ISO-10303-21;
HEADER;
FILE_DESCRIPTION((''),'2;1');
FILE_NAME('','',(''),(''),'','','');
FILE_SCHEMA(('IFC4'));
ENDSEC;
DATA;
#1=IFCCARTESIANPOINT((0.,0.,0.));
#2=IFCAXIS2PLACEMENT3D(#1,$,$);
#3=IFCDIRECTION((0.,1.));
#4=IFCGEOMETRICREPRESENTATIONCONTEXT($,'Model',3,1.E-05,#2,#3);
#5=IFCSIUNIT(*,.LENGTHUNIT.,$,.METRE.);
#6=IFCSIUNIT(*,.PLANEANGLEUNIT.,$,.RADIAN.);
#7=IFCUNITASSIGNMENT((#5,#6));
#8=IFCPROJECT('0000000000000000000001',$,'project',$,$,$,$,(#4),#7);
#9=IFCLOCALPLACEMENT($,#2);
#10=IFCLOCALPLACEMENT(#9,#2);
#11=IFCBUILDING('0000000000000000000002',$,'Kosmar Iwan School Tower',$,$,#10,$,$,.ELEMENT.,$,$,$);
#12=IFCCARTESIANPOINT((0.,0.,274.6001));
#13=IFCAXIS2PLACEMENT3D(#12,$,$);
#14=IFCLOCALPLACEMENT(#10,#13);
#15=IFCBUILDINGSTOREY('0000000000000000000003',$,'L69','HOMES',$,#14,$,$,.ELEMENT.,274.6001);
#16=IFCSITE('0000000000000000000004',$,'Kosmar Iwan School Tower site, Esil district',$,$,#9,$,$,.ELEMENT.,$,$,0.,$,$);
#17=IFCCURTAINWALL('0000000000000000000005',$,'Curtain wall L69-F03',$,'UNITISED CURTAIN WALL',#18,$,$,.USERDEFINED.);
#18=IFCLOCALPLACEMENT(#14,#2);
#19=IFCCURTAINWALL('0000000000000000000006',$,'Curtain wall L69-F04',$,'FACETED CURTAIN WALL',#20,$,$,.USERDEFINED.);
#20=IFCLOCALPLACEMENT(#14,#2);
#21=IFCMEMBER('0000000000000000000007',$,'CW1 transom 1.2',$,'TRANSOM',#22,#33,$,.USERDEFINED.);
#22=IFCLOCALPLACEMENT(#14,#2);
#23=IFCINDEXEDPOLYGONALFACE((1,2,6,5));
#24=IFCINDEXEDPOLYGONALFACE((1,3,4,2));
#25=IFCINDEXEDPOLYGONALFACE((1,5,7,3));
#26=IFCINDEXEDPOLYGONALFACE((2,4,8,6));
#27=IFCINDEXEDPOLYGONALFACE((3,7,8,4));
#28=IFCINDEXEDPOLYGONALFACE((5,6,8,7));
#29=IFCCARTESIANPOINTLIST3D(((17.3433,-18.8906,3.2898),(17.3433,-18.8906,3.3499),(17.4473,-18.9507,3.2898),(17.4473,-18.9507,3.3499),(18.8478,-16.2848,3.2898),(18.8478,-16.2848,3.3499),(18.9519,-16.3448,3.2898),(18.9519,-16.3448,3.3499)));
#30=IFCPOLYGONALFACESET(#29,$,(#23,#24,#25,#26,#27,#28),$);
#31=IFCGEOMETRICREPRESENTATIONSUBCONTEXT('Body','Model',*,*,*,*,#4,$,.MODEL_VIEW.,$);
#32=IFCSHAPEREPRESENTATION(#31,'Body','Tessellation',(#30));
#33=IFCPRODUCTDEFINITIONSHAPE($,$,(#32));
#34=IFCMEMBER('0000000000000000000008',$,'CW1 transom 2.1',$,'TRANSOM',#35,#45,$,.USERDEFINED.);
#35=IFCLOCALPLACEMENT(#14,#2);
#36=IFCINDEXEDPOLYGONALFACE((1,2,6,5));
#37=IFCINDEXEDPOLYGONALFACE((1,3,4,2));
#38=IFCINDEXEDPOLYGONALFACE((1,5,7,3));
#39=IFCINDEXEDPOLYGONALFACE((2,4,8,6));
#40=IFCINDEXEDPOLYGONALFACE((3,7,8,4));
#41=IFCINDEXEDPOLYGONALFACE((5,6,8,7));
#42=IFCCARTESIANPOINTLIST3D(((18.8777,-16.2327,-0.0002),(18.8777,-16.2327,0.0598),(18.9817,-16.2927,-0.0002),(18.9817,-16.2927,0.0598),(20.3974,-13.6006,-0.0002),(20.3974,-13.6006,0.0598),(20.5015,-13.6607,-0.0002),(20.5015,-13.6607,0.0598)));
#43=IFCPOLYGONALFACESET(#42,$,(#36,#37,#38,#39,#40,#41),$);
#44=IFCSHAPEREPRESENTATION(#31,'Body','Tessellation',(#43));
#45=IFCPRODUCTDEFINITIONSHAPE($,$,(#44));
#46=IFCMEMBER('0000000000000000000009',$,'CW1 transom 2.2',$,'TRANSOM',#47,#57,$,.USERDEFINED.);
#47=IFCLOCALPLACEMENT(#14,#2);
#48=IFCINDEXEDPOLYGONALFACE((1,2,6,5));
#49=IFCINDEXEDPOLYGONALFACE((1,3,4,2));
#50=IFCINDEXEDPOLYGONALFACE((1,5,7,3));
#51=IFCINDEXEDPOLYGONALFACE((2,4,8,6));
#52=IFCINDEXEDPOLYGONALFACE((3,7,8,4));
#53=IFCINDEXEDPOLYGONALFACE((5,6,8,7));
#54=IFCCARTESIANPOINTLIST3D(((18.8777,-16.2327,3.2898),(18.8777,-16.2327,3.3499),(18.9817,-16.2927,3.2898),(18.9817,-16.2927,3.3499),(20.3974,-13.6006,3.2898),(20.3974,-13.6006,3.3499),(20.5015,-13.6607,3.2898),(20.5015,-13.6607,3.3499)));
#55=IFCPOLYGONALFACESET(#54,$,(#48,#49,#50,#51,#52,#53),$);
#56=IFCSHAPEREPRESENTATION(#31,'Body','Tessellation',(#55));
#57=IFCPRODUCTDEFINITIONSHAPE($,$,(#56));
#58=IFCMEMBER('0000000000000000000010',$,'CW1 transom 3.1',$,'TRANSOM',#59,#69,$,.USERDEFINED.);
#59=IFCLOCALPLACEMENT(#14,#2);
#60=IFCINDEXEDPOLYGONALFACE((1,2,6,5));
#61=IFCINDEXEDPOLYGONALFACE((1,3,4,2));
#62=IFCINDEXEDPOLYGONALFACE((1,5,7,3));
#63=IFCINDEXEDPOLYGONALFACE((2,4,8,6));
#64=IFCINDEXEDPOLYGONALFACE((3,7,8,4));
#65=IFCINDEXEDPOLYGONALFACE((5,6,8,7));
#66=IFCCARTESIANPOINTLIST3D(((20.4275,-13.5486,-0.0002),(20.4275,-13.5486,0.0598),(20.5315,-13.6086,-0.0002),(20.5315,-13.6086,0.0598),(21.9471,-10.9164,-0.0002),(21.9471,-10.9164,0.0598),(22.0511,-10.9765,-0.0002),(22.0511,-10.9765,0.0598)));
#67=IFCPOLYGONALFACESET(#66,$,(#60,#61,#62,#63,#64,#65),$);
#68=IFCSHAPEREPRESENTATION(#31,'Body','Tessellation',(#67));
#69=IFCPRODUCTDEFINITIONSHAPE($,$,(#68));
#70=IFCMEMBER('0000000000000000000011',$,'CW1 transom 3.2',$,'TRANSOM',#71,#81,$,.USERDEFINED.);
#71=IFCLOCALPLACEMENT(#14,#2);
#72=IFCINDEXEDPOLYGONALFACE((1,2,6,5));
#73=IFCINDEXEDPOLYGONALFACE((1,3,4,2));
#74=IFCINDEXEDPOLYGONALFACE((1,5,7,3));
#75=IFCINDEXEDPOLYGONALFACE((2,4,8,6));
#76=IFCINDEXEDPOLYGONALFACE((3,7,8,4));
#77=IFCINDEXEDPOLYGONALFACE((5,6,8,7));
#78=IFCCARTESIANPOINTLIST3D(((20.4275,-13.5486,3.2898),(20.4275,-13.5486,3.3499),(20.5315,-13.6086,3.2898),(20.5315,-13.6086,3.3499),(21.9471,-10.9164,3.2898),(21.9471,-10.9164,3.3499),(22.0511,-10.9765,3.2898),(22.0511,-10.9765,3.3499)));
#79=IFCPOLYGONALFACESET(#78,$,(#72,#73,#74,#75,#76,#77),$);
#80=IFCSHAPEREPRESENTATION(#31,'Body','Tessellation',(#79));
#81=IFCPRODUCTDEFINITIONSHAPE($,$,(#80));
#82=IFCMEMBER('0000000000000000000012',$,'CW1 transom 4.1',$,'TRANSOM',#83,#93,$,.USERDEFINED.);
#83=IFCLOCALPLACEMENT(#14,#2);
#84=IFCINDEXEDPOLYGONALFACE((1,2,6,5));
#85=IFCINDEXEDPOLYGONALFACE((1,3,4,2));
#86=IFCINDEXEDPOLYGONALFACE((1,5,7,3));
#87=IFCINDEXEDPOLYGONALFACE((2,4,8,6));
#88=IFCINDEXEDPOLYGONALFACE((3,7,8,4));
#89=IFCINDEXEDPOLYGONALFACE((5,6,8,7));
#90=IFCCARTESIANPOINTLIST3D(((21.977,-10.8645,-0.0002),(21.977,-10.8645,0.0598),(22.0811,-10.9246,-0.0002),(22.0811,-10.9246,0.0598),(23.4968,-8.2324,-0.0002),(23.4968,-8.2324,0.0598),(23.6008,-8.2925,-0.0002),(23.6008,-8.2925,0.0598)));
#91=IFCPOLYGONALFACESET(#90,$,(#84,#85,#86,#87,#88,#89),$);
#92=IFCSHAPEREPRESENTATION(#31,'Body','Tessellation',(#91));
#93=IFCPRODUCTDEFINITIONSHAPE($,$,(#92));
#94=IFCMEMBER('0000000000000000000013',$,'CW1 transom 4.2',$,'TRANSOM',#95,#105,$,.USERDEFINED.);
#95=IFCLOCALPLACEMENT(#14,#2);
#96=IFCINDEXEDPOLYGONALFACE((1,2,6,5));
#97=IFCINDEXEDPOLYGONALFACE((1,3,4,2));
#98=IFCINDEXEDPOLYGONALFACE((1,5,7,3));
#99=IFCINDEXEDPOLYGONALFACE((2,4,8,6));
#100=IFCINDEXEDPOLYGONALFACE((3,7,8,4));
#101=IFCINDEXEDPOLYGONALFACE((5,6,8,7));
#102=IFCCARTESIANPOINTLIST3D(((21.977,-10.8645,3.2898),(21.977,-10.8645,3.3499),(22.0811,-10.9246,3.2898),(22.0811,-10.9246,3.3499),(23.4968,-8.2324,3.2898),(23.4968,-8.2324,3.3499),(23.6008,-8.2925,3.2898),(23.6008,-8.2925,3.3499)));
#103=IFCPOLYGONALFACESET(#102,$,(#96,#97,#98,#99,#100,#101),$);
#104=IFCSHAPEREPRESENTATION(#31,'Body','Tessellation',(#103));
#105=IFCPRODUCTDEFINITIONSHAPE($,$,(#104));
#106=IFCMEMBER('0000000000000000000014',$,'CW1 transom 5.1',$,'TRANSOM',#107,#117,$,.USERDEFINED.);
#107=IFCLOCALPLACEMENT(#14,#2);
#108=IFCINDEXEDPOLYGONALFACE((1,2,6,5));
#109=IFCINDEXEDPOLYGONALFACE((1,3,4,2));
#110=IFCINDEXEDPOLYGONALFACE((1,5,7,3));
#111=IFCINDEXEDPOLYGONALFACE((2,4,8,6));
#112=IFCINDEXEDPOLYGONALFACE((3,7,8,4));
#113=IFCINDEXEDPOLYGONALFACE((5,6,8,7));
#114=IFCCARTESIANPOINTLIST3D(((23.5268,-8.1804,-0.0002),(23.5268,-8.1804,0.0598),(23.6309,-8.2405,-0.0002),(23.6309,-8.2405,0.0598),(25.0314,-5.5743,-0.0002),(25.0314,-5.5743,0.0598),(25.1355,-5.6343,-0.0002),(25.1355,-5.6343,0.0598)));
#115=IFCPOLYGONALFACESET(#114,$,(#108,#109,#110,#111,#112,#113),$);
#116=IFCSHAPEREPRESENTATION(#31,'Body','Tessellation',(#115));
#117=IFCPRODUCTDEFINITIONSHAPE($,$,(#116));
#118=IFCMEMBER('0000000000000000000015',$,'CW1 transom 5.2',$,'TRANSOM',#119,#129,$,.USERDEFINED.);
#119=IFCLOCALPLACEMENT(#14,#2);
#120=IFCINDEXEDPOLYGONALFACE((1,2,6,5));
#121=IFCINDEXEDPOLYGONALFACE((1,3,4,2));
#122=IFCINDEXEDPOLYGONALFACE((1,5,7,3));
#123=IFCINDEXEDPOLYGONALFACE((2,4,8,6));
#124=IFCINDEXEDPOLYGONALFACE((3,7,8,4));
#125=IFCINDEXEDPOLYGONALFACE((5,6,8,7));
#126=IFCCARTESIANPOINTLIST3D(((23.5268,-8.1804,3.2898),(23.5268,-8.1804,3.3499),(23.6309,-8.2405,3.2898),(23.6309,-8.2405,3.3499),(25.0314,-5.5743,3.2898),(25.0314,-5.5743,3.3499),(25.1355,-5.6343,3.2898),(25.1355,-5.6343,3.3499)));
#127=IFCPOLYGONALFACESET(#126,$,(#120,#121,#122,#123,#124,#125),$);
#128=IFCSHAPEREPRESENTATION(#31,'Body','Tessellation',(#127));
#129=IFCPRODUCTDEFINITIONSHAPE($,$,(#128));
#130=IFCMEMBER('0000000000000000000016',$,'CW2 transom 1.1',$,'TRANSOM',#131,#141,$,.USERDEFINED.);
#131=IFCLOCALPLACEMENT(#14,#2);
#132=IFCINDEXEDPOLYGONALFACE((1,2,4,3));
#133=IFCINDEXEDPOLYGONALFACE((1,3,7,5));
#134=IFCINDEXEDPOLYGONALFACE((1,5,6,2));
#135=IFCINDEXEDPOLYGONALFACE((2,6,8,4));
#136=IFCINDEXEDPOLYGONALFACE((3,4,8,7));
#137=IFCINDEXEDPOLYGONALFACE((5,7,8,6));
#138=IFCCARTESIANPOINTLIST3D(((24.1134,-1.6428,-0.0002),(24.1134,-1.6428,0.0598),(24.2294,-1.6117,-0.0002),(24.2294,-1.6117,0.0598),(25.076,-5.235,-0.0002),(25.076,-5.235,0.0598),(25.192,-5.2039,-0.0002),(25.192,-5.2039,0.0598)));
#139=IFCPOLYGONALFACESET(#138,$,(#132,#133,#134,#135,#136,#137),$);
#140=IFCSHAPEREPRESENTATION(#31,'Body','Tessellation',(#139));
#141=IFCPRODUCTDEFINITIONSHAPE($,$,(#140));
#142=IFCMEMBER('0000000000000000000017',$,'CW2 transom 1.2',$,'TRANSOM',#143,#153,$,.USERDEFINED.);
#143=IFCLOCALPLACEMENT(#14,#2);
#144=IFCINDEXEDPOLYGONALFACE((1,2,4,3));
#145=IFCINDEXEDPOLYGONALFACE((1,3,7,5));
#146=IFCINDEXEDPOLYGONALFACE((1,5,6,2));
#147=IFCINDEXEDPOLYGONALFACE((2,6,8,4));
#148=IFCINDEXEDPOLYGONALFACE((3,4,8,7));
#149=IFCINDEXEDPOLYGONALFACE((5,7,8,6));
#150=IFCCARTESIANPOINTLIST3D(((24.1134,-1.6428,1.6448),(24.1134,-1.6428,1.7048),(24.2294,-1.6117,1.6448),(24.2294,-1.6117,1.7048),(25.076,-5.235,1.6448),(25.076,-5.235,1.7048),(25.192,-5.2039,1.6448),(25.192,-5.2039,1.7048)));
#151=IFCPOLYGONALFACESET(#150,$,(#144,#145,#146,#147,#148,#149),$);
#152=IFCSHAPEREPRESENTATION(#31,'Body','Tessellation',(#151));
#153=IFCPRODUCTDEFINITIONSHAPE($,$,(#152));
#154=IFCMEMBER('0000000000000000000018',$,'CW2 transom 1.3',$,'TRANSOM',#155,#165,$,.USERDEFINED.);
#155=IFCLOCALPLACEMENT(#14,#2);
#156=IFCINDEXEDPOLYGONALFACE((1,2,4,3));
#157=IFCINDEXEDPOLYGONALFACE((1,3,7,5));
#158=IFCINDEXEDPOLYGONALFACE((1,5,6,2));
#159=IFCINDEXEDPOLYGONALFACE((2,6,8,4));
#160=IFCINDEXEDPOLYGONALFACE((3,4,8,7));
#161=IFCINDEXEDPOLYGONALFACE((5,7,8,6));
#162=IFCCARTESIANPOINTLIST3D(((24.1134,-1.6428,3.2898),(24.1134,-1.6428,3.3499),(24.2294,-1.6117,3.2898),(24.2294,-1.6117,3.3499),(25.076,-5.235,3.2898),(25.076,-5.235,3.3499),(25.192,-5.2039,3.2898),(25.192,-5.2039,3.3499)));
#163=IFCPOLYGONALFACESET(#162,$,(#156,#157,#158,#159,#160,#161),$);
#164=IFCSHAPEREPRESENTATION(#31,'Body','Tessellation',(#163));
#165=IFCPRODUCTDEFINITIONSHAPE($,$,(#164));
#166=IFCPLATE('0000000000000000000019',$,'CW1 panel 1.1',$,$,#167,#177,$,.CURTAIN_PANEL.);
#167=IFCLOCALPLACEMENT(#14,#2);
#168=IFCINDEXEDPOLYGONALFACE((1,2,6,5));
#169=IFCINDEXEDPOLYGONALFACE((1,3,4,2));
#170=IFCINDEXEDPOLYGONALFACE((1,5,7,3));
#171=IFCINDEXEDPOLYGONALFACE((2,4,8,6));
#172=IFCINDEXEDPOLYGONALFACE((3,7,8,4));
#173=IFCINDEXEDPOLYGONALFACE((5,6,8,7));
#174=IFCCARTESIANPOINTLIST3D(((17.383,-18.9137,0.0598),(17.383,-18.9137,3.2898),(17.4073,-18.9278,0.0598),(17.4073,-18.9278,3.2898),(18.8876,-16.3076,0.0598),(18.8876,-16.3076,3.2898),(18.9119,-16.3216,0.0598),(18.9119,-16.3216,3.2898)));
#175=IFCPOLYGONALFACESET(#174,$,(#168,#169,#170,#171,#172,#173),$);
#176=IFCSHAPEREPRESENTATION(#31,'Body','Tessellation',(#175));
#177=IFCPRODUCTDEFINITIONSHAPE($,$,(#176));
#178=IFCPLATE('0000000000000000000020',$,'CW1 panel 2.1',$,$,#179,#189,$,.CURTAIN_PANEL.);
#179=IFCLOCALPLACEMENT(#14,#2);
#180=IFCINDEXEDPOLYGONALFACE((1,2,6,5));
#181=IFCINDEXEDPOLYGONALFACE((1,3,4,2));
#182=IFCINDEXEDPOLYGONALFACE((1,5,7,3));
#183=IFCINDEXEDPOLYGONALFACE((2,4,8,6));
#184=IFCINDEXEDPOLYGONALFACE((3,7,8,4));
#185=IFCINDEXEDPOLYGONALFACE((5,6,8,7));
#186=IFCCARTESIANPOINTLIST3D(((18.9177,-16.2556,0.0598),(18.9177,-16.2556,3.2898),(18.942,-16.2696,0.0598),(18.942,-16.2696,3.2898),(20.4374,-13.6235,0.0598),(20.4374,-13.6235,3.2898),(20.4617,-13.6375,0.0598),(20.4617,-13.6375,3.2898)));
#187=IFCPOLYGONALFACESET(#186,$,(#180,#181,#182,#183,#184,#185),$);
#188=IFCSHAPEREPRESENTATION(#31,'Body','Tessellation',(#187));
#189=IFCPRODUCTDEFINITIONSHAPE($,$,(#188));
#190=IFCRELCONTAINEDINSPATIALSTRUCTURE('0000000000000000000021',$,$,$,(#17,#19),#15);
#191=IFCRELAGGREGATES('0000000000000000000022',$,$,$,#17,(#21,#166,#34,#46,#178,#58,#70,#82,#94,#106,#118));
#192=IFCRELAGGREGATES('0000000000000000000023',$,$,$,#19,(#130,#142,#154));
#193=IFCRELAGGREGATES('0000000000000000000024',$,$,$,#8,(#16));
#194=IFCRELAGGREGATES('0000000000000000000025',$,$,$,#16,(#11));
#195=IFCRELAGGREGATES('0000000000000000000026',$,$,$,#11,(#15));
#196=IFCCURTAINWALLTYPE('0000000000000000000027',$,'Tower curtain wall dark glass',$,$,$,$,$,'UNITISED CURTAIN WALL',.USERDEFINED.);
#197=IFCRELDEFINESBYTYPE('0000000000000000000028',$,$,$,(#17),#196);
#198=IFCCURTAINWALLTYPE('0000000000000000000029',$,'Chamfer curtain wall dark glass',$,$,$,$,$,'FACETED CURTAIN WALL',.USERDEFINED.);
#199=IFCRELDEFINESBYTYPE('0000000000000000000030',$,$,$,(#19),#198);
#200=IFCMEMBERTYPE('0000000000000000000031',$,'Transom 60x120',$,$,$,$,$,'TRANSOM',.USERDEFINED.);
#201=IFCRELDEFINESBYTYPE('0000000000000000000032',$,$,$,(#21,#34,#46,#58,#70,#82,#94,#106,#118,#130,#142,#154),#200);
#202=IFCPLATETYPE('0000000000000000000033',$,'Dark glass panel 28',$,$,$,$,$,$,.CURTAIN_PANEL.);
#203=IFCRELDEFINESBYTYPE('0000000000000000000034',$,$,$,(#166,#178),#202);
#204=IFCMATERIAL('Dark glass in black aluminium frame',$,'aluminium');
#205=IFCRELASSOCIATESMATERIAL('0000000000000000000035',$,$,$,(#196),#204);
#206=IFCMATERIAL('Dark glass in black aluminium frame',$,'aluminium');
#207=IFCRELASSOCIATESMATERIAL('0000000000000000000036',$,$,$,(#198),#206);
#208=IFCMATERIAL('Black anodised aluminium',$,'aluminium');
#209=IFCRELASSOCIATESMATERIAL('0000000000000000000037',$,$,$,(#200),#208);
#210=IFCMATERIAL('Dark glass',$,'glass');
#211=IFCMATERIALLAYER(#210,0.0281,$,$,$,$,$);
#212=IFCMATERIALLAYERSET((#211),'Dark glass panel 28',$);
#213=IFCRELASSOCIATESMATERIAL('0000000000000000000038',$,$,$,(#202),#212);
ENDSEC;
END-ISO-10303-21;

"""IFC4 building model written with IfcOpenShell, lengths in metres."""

from ifc_helpers import new_model, si_unit, direction, frame, origin, origin_2d, place, context, subcontext, project, spatial, rectangle, extrude, material, layer, layer_set, material_profile, profile_set, type_object, element, aggregate, save


model = new_model("IFC4")

# Units and contexts
model_context = context("Model", 3, precision=1e-05, world=origin(), true_north=direction((0.0, 1.0)))
body_context = subcontext(model_context, "Body", "Model", "MODEL_VIEW")
ifc_project = project(units=[si_unit("LENGTHUNIT", "METRE"), si_unit("PLANEANGLEUNIT", "RADIAN")], contexts=[model_context])

# Site, building, storey
site_placement = place(None, origin())
site = spatial("IfcSite", under=ifc_project, at=site_placement, Name="Kosmar Iwan School Tower site, Esil district", CompositionType="ELEMENT", RefElevation=0.0)
building_placement = place(site_placement, origin())
building = spatial("IfcBuilding", under=site, at=building_placement, Name="Kosmar Iwan School Tower", CompositionType="ELEMENT")
storey_placement = place(building_placement, frame((0.0, 0.0, 274.6001)))
storey = spatial("IfcBuildingStorey", under=building, at=storey_placement, Name="L69", Description="HOMES", CompositionType="ELEMENT", Elevation=274.6001)

# Curtain wall
ifc_material_1 = material(Name="Dark glass in black aluminium frame", Category="aluminium")
curtain_wall_type_1 = type_object("IfcCurtainWallType", Name="Tower curtain wall dark glass", ElementType="UNITISED CURTAIN WALL", PredefinedType="USERDEFINED", material=ifc_material_1)
curtain_wall_1_placement = place(storey_placement, origin())
curtain_wall_1 = element("IfcCurtainWall", 1, at=curtain_wall_1_placement, inside=storey, type_object=curtain_wall_type_1, Name="Curtain wall L69-F03", ObjectType="UNITISED CURTAIN WALL", PredefinedType="USERDEFINED")

# Curtain wall
ifc_material_2 = material(Name="Dark glass in black aluminium frame", Category="aluminium")
curtain_wall_type_2 = type_object("IfcCurtainWallType", Name="Chamfer curtain wall dark glass", ElementType="FACETED CURTAIN WALL", PredefinedType="USERDEFINED", material=ifc_material_2)
curtain_wall_2_placement = place(storey_placement, origin())
curtain_wall_2 = element("IfcCurtainWall", 2, at=curtain_wall_2_placement, inside=storey, type_object=curtain_wall_type_2, Name="Curtain wall L69-F04", ObjectType="FACETED CURTAIN WALL", PredefinedType="USERDEFINED")

# Members
ifc_material_3 = material(Name="Black anodised aluminium", Category="aluminium")
ifc_material_profile_1 = material_profile(ifc_material_3, rectangle(XDim=0.1201, YDim=0.0601, at=origin_2d()), Name="TRANSOM 60x120")
ifc_profile_set_1 = profile_set([ifc_material_profile_1], Name="Black anodised aluminium")
member_type_1 = type_object("IfcMemberType", Name="Transom 60x120", ElementType="TRANSOM", PredefinedType="USERDEFINED", material=ifc_profile_set_1)
member_1_placement = place(storey_placement, frame((17.3953, -18.9207, 3.3198), z_axis=(0.500022, 0.866013, 0.0), x_axis=(-0.866013, 0.500022, 0.0)))
member_1 = element("IfcMember", 3, at=member_1_placement, type_object=member_type_1, Name="CW1 transom 1.2", ObjectType="TRANSOM", PredefinedType="USERDEFINED", context=body_context, shape_type="SweptSolid", body=[
    extrude(rectangle(XDim=0.1201, YDim=0.0601, at=origin_2d()), origin(), (0.0, 0.0, 1.0), 3.009),
])
member_2_placement = place(storey_placement, frame((18.9297, -16.2627, 0.0298), z_axis=(0.500035, 0.866005, 0.0), x_axis=(-0.866005, 0.500035, 0.0)))
member_2 = element("IfcMember", 4, at=member_2_placement, type_object=member_type_1, Name="CW1 transom 2.1", ObjectType="TRANSOM", PredefinedType="USERDEFINED", context=body_context, shape_type="SweptSolid", body=[
    extrude(rectangle(XDim=0.1201, YDim=0.0601, at=origin_2d()), origin(), (0.0, 0.0, 1.0), 3.0393),
])
member_3_placement = place(storey_placement, frame((18.9297, -16.2627, 3.3198), z_axis=(0.500035, 0.866005, 0.0), x_axis=(-0.866005, 0.500035, 0.0)))
member_3 = element("IfcMember", 5, at=member_3_placement, type_object=member_type_1, Name="CW1 transom 2.2", ObjectType="TRANSOM", PredefinedType="USERDEFINED", context=body_context, shape_type="SweptSolid", body=[
    extrude(rectangle(XDim=0.1201, YDim=0.0601, at=origin_2d()), origin(), (0.0, 0.0, 1.0), 3.0393),
])
member_4_placement = place(storey_placement, frame((20.4795, -13.5786, 0.0298), z_axis=(0.499975, 0.86604, 0.0), x_axis=(-0.86604, 0.499975, 0.0)))
member_4 = element("IfcMember", 6, at=member_4_placement, type_object=member_type_1, Name="CW1 transom 3.1", ObjectType="TRANSOM", PredefinedType="USERDEFINED", context=body_context, shape_type="SweptSolid", body=[
    extrude(rectangle(XDim=0.1201, YDim=0.0601, at=origin_2d()), origin(), (0.0, 0.0, 1.0), 3.0393),
])
member_5_placement = place(storey_placement, frame((20.4795, -13.5786, 3.3198), z_axis=(0.499975, 0.86604, 0.0), x_axis=(-0.86604, 0.499975, 0.0)))
member_5 = element("IfcMember", 7, at=member_5_placement, type_object=member_type_1, Name="CW1 transom 3.2", ObjectType="TRANSOM", PredefinedType="USERDEFINED", context=body_context, shape_type="SweptSolid", body=[
    extrude(rectangle(XDim=0.1201, YDim=0.0601, at=origin_2d()), origin(), (0.0, 0.0, 1.0), 3.0393),
])
member_6_placement = place(storey_placement, frame((22.0291, -10.8945, 0.0298), z_axis=(0.500035, 0.866005, 0.0), x_axis=(-0.866005, 0.500035, 0.0)))
member_6 = element("IfcMember", 8, at=member_6_placement, type_object=member_type_1, Name="CW1 transom 4.1", ObjectType="TRANSOM", PredefinedType="USERDEFINED", context=body_context, shape_type="SweptSolid", body=[
    extrude(rectangle(XDim=0.1201, YDim=0.0601, at=origin_2d()), origin(), (0.0, 0.0, 1.0), 3.0393),
])
member_7_placement = place(storey_placement, frame((22.0291, -10.8945, 3.3198), z_axis=(0.500035, 0.866005, 0.0), x_axis=(-0.866005, 0.500035, 0.0)))
member_7 = element("IfcMember", 9, at=member_7_placement, type_object=member_type_1, Name="CW1 transom 4.2", ObjectType="TRANSOM", PredefinedType="USERDEFINED", context=body_context, shape_type="SweptSolid", body=[
    extrude(rectangle(XDim=0.1201, YDim=0.0601, at=origin_2d()), origin(), (0.0, 0.0, 1.0), 3.0393),
])
member_8_placement = place(storey_placement, frame((23.5789, -8.2104, 0.0298), z_axis=(0.499987, 0.866033, 0.0), x_axis=(-0.866033, 0.499987, 0.0)))
member_8 = element("IfcMember", 10, at=member_8_placement, type_object=member_type_1, Name="CW1 transom 5.1", ObjectType="TRANSOM", PredefinedType="USERDEFINED", context=body_context, shape_type="SweptSolid", body=[
    extrude(rectangle(XDim=0.1201, YDim=0.0601, at=origin_2d()), origin(), (0.0, 0.0, 1.0), 3.0093),
])
member_9_placement = place(storey_placement, frame((23.5789, -8.2104, 3.3198), z_axis=(0.499987, 0.866033, 0.0), x_axis=(-0.866033, 0.499987, 0.0)))
member_9 = element("IfcMember", 11, at=member_9_placement, type_object=member_type_1, Name="CW1 transom 5.2", ObjectType="TRANSOM", PredefinedType="USERDEFINED", context=body_context, shape_type="SweptSolid", body=[
    extrude(rectangle(XDim=0.1201, YDim=0.0601, at=origin_2d()), origin(), (0.0, 0.0, 1.0), 3.0093),
])
member_10_placement = place(storey_placement, frame((25.134, -5.2195, 0.0298), z_axis=(-0.258843, 0.965919, 0.0), x_axis=(-0.965919, -0.258843, 0.0)))
member_10 = element("IfcMember", 12, at=member_10_placement, type_object=member_type_1, Name="CW2 transom 1.1", ObjectType="TRANSOM", PredefinedType="USERDEFINED", context=body_context, shape_type="SweptSolid", body=[
    extrude(rectangle(XDim=0.1201, YDim=0.0601, at=origin_2d()), origin(), (0.0, 0.0, 1.0), 3.719),
])
member_11_placement = place(storey_placement, frame((25.134, -5.2195, 1.6748), z_axis=(-0.258843, 0.965919, 0.0), x_axis=(-0.965919, -0.258843, 0.0)))
member_11 = element("IfcMember", 13, at=member_11_placement, type_object=member_type_1, Name="CW2 transom 1.2", ObjectType="TRANSOM", PredefinedType="USERDEFINED", context=body_context, shape_type="SweptSolid", body=[
    extrude(rectangle(XDim=0.1201, YDim=0.0601, at=origin_2d()), origin(), (0.0, 0.0, 1.0), 3.719),
])
member_12_placement = place(storey_placement, frame((25.134, -5.2195, 3.3198), z_axis=(-0.258843, 0.965919, 0.0), x_axis=(-0.965919, -0.258843, 0.0)))
member_12 = element("IfcMember", 14, at=member_12_placement, type_object=member_type_1, Name="CW2 transom 1.3", ObjectType="TRANSOM", PredefinedType="USERDEFINED", context=body_context, shape_type="SweptSolid", body=[
    extrude(rectangle(XDim=0.1201, YDim=0.0601, at=origin_2d()), origin(), (0.0, 0.0, 1.0), 3.719),
])

# Plates
ifc_material_4 = material(Name="Dark glass", Category="glass")
ifc_layer_1 = layer(ifc_material_4, 0.0281)
ifc_layer_set_1 = layer_set([ifc_layer_1], Name="Dark glass panel 28")
plate_type = type_object("IfcPlateType", Name="Dark glass panel 28", PredefinedType="CURTAIN_PANEL", material=ifc_layer_set_1)
plate_1_placement = place(storey_placement, frame((18.1475, -17.6177, 0.0598), z_axis=(0.0, 0.0, 1.0), x_axis=(0.5, 0.866025, 0.0)))
plate_1 = element("IfcPlate", 15, at=plate_1_placement, type_object=plate_type, Name="CW1 panel 1.1", PredefinedType="CURTAIN_PANEL", context=body_context, shape_type="SweptSolid", body=[
    extrude(rectangle(XDim=3.0093, YDim=0.0281, at=origin_2d()), origin(), (0.0, 0.0, 1.0), 3.23),
])
plate_2_placement = place(storey_placement, frame((19.6897, -14.9465, 0.0598), z_axis=(0.0, 0.0, 1.0), x_axis=(0.5, 0.866025, 0.0)))
plate_2 = element("IfcPlate", 16, at=plate_2_placement, type_object=plate_type, Name="CW1 panel 2.1", PredefinedType="CURTAIN_PANEL", context=body_context, shape_type="SweptSolid", body=[
    extrude(rectangle(XDim=3.0393, YDim=0.0281, at=origin_2d()), origin(), (0.0, 0.0, 1.0), 3.23),
])
aggregate(curtain_wall_1, [member_1, plate_1, member_2, member_3, plate_2, member_4, member_5, member_6, member_7, member_8, member_9])
aggregate(curtain_wall_2, [member_10, member_11, member_12])

save(model, "model.ifc")
